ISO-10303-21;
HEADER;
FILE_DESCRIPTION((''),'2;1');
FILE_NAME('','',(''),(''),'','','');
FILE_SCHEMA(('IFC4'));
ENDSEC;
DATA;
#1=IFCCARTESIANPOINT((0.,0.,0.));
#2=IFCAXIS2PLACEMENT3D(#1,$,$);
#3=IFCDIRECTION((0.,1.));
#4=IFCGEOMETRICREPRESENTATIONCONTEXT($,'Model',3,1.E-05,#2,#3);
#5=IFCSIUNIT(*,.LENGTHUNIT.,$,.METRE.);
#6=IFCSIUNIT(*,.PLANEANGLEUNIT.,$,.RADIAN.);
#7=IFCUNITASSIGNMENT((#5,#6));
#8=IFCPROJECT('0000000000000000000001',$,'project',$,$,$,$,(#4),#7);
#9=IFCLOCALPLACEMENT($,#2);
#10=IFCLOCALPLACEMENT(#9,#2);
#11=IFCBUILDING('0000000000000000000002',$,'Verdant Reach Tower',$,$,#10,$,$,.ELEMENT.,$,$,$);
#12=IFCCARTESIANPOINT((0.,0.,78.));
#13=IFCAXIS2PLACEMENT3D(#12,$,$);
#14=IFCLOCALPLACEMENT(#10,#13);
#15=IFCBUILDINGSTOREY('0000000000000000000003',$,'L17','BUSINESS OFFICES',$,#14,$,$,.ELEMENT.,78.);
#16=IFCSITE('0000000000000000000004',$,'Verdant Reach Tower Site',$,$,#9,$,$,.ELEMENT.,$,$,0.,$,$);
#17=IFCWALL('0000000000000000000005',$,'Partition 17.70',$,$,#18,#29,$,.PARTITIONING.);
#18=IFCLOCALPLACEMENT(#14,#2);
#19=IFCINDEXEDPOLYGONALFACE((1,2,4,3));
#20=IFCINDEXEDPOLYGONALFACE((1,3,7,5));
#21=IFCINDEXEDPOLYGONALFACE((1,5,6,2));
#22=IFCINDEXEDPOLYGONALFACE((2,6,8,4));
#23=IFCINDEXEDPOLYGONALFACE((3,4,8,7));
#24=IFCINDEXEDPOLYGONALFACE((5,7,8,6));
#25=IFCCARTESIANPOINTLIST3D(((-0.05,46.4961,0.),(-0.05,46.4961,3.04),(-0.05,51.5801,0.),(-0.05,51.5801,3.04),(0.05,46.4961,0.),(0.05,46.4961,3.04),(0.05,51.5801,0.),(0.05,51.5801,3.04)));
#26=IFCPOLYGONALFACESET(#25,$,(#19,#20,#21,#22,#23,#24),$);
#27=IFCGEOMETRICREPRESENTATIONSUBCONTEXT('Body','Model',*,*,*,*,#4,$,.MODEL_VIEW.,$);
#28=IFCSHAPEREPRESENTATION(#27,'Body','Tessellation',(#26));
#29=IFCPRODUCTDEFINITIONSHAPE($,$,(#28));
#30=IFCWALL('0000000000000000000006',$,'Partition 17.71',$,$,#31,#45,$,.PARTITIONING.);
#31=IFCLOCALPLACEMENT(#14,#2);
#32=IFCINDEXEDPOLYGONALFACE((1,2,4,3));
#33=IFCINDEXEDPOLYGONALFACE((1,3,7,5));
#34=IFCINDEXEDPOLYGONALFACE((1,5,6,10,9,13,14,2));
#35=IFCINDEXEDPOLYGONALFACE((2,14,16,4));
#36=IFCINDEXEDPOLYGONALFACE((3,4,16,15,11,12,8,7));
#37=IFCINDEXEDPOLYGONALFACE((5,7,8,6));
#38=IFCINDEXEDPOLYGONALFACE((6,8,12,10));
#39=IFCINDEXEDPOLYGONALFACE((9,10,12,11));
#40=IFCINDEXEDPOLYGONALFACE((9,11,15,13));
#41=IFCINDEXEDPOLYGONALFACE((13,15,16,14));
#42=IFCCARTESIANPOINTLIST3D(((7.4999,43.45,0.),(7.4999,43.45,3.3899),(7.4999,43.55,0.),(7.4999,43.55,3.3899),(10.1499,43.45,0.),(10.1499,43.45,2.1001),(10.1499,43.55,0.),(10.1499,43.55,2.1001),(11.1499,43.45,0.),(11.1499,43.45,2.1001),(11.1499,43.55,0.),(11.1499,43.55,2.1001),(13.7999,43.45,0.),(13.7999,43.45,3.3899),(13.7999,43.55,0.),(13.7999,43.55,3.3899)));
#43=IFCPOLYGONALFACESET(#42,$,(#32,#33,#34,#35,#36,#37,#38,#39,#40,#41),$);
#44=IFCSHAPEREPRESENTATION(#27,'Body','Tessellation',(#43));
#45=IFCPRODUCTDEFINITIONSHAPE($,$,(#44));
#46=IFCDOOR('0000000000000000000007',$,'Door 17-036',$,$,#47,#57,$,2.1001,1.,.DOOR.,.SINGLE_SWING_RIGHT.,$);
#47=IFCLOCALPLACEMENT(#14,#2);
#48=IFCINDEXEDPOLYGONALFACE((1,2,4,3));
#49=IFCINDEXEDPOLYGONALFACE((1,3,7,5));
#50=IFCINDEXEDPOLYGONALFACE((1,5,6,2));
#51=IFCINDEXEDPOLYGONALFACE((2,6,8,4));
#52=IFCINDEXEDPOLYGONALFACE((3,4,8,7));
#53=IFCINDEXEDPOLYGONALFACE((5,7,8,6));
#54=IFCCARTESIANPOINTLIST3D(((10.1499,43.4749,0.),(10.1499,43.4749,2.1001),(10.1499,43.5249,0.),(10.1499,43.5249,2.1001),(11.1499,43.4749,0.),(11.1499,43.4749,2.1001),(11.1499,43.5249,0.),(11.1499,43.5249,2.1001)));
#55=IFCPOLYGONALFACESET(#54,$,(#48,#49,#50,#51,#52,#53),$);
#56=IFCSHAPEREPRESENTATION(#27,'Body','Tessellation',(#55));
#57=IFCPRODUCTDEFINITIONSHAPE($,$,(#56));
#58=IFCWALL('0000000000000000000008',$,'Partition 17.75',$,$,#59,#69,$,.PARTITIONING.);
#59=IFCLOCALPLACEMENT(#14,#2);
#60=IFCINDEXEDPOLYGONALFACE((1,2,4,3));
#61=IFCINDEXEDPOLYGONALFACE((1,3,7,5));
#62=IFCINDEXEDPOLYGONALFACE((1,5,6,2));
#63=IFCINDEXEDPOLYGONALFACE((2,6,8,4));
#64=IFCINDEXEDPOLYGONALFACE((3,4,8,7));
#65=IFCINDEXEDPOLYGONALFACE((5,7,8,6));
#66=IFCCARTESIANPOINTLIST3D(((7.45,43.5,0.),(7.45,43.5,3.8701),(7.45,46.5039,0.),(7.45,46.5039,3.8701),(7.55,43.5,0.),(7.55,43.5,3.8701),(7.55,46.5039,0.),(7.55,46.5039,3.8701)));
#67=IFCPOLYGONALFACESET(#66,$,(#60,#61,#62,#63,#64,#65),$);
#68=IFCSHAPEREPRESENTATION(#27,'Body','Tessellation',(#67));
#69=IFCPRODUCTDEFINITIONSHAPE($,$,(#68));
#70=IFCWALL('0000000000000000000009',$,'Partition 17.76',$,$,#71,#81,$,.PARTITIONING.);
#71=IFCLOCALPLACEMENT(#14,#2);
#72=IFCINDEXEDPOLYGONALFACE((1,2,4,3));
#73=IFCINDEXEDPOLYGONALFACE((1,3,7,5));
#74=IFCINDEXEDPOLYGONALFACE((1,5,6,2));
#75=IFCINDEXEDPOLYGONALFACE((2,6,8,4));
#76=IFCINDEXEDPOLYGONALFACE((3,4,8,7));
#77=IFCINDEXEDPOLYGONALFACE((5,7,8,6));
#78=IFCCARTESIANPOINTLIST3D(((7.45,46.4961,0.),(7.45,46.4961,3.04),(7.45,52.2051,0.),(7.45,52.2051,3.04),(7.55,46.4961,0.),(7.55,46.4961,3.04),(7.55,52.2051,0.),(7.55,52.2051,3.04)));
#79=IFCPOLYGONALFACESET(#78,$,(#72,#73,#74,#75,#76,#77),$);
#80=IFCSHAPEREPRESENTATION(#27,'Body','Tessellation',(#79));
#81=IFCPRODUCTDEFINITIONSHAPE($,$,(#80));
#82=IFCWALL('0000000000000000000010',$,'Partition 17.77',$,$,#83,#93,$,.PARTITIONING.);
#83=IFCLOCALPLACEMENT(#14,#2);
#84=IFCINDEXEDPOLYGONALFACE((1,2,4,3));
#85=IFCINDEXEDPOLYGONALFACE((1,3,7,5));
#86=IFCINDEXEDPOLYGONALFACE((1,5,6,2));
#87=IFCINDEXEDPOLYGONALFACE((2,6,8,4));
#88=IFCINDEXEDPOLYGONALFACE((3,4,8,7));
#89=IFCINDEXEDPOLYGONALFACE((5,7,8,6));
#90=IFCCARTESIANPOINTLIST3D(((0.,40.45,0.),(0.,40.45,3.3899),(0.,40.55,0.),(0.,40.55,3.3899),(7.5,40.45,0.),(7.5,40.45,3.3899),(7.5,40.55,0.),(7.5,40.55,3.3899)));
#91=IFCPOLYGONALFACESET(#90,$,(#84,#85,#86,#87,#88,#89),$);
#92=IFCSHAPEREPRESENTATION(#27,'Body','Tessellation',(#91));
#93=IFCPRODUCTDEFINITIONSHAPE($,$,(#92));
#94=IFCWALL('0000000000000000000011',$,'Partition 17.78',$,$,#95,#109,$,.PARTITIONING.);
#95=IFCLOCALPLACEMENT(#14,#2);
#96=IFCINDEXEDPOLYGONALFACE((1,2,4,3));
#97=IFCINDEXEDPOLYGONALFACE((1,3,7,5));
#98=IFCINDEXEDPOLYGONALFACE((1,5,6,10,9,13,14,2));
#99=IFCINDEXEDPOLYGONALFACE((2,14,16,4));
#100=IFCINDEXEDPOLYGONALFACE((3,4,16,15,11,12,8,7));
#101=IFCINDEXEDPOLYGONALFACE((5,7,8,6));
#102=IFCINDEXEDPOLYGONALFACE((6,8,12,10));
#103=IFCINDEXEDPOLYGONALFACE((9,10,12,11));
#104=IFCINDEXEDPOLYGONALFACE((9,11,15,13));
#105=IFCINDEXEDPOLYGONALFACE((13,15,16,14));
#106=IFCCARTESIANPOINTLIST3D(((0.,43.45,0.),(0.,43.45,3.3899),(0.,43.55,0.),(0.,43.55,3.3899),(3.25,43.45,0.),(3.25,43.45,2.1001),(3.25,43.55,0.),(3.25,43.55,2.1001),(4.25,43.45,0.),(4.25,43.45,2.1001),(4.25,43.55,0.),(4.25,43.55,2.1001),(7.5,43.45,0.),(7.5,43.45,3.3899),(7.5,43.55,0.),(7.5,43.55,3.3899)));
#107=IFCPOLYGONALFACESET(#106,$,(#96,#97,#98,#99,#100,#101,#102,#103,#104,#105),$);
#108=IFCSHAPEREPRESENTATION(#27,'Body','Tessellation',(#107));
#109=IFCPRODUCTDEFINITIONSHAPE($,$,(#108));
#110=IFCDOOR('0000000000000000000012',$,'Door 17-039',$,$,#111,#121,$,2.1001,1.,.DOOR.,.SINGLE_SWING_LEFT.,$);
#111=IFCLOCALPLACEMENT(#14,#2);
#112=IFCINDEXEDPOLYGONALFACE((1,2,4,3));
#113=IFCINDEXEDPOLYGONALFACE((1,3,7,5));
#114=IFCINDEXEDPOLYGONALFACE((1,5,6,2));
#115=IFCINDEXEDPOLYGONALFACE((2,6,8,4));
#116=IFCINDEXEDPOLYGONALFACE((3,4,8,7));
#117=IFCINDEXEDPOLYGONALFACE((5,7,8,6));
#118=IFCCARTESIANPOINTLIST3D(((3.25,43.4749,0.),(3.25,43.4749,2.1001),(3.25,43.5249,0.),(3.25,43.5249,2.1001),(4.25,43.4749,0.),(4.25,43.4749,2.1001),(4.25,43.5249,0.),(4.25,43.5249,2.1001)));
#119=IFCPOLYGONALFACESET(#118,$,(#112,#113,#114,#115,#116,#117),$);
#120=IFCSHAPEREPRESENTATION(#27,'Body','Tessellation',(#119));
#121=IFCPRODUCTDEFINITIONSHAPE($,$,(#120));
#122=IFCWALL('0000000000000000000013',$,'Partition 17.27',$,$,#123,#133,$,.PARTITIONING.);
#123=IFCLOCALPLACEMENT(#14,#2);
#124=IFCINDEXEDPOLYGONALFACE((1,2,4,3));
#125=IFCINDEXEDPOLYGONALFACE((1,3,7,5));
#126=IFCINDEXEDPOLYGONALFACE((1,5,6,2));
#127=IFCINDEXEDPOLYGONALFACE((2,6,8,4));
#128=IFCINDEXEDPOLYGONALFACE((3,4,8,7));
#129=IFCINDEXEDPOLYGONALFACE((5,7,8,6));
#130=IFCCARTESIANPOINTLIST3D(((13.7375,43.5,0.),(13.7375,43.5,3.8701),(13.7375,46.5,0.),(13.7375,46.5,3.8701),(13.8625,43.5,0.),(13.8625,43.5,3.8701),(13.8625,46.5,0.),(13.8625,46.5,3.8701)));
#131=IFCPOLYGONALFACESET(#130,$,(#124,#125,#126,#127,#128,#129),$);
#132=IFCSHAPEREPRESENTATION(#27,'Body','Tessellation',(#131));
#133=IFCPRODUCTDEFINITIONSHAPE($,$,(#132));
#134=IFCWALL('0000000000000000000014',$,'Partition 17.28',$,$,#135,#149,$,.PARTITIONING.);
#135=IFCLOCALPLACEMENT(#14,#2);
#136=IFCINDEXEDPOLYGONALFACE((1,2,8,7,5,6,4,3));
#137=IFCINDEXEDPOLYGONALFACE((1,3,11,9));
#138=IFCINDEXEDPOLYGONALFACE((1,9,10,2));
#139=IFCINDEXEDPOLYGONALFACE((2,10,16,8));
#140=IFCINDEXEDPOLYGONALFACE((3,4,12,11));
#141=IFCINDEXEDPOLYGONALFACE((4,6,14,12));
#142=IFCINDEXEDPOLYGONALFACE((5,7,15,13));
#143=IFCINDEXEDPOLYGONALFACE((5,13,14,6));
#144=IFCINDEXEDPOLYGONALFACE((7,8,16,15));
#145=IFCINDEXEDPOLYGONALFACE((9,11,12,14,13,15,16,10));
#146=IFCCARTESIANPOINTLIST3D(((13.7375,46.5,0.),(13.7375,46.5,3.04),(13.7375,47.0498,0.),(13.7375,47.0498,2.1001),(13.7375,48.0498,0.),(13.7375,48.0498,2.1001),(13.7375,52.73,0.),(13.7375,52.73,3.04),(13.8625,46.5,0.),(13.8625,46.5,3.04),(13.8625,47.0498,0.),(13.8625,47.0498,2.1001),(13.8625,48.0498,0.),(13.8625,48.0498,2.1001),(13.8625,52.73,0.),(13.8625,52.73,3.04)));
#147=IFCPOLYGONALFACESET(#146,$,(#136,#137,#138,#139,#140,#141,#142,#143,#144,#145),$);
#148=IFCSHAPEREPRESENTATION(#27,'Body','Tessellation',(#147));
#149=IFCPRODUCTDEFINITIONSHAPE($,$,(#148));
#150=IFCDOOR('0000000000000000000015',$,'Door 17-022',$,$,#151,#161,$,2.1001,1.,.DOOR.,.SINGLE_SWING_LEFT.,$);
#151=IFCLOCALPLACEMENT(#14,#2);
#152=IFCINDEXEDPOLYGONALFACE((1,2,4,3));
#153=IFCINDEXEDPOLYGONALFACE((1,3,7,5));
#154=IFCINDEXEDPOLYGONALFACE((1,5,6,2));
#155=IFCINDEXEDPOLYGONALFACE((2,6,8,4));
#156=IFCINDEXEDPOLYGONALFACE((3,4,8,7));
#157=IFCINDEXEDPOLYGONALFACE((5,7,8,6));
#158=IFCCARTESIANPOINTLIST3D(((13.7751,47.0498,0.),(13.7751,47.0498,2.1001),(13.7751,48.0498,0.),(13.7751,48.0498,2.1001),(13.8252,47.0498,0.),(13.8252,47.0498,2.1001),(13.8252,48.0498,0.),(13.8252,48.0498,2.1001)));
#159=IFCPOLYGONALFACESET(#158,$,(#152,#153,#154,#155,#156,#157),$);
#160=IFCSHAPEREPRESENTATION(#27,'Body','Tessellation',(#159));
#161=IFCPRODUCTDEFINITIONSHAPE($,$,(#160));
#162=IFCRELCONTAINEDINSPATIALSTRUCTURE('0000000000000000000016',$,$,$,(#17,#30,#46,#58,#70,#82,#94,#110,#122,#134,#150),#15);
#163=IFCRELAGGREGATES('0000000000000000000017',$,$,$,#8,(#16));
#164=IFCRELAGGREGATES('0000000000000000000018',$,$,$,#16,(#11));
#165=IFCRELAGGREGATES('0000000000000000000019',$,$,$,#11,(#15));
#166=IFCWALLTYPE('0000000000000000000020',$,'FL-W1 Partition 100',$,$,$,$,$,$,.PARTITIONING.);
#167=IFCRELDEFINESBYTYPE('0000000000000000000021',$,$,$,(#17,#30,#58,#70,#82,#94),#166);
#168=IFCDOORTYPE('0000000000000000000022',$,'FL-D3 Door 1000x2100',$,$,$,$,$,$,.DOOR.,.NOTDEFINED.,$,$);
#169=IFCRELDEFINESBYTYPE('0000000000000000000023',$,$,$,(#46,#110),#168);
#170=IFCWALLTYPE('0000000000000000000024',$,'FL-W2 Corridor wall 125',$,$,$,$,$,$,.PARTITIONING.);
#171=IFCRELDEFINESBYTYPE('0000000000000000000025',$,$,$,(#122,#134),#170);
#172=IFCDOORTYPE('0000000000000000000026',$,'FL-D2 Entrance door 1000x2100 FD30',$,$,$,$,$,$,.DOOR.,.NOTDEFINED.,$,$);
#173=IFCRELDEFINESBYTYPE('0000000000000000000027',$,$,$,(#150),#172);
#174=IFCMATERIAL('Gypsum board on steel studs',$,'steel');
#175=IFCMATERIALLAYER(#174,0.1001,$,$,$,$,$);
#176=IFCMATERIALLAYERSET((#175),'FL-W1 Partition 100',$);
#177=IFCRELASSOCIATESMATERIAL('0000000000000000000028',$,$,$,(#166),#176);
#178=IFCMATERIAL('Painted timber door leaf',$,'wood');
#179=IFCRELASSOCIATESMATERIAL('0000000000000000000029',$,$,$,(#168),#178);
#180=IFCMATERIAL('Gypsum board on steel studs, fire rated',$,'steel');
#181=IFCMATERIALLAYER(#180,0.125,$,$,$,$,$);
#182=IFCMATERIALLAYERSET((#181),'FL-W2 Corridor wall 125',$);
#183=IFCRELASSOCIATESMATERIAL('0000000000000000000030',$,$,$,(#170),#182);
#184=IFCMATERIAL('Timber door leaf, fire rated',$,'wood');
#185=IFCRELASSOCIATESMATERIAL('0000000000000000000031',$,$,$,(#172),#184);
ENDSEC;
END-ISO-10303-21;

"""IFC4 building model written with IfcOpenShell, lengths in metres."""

from ifc_helpers import new_model, si_unit, direction, frame, frame_2d, origin, place, context, subcontext, project, spatial, rectangle, extrude, material, layer, layer_set, type_object, element, fill, save


model = new_model("IFC4")

# Units and contexts
model_context = context("Model", 3, precision=1e-05, world=origin(), true_north=direction((0.0, 1.0)))
body_context = subcontext(model_context, "Body", "Model", "MODEL_VIEW")
ifc_project = project(units=[si_unit("LENGTHUNIT", "METRE"), si_unit("PLANEANGLEUNIT", "RADIAN")], contexts=[model_context])

# Site, building, storey
site_placement = place(None, origin())
site = spatial("IfcSite", under=ifc_project, at=site_placement, Name="Verdant Reach Tower Site", CompositionType="ELEMENT", RefElevation=0.0)
building_placement = place(site_placement, origin())
building = spatial("IfcBuilding", under=site, at=building_placement, Name="Verdant Reach Tower", CompositionType="ELEMENT")
storey_placement = place(building_placement, frame((0.0, 0.0, 78.0)))
storey = spatial("IfcBuildingStorey", under=building, at=storey_placement, Name="L17", Description="BUSINESS OFFICES", CompositionType="ELEMENT", Elevation=78.0)

# Wall
ifc_material_1 = material(Name="Gypsum board on steel studs", Category="steel")
ifc_layer_1 = layer(ifc_material_1, 0.1001)
ifc_layer_set_1 = layer_set([ifc_layer_1], Name="FL-W1 Partition 100")
wall_type_1 = type_object("IfcWallType", Name="FL-W1 Partition 100", PredefinedType="PARTITIONING", material=ifc_layer_set_1)
wall_1_placement = place(storey_placement, frame((0.0, 46.4961, 0.0), z_axis=(0.0, 0.0, 1.0), x_axis=(0.0, 1.0, 0.0)))
element("IfcWall", 1, at=wall_1_placement, inside=storey, type_object=wall_type_1, Name="Partition 17.70", PredefinedType="PARTITIONING", context=body_context, shape_type="SweptSolid", body=[
    extrude(rectangle(XDim=5.084, YDim=0.1001, at=frame_2d((2.542, 0.0))), origin(), (0.0, 0.0, 1.0), 3.04),
])

# Wall, opening, door
wall_2_placement = place(storey_placement, frame((7.5, 43.5, 0.0), z_axis=(0.0, 0.0, 1.0), x_axis=(1.0, 0.0, 0.0)))
wall_2 = element("IfcWall", 2, at=wall_2_placement, inside=storey, type_object=wall_type_1, Name="Partition 17.71", PredefinedType="PARTITIONING", context=body_context, shape_type="SweptSolid", body=[
    extrude(rectangle(XDim=6.3, YDim=0.1001, at=frame_2d((3.1499, 0.0))), origin(), (0.0, 0.0, 1.0), 3.3899),
])
opening_1_placement = place(wall_2_placement, frame((2.6499, 0.0, 0.0)))
opening_1 = element("IfcOpeningElement", 3, at=opening_1_placement, cuts=wall_2, PredefinedType="OPENING", context=body_context, shape_type="SweptSolid", body=[
    extrude(rectangle(XDim=1.0, YDim=2.1001, at=frame_2d((0.5, 1.05))), frame((0.0, 0.0601, 0.0), z_axis=(0.0, -1.0, 0.0), x_axis=(1.0, 0.0, 0.0)), (0.0, 0.0, 1.0), 0.1201),
])
ifc_material_2 = material(Name="Painted timber door leaf", Category="wood")
door_type_1 = type_object("IfcDoorType", Name="FL-D3 Door 1000x2100", OperationType="NOTDEFINED", PredefinedType="DOOR", material=ifc_material_2)
door_1_placement = place(opening_1_placement, origin())
door_1 = element("IfcDoor", 4, at=door_1_placement, inside=storey, type_object=door_type_1, Name="Door 17-036", OperationType="SINGLE_SWING_RIGHT", OverallHeight=2.1001, OverallWidth=1.0, PredefinedType="DOOR", context=body_context, shape_type="SweptSolid", body=[
    extrude(rectangle(XDim=1.0, YDim=2.1001, at=frame_2d((0.5, 1.05))), frame((0.0, 0.0249, 0.0), z_axis=(0.0, -1.0, 0.0), x_axis=(1.0, 0.0, 0.0)), (0.0, 0.0, 1.0), 0.05),
])
fill(opening_1, door_1)

# Walls
wall_3_placement = place(storey_placement, frame((7.5, 46.5039, 0.0), z_axis=(0.0, 0.0, 1.0), x_axis=(0.0, -1.0, 0.0)))
element("IfcWall", 5, at=wall_3_placement, inside=storey, type_object=wall_type_1, Name="Partition 17.75", PredefinedType="PARTITIONING", context=body_context, shape_type="SweptSolid", body=[
    extrude(rectangle(XDim=3.0039, YDim=0.1001, at=frame_2d((1.502, 0.0))), origin(), (0.0, 0.0, 1.0), 3.8701),
])
wall_4_placement = place(storey_placement, frame((7.5, 52.2051, 0.0), z_axis=(0.0, 0.0, 1.0), x_axis=(0.0, -1.0, 0.0)))
element("IfcWall", 6, at=wall_4_placement, inside=storey, type_object=wall_type_1, Name="Partition 17.76", PredefinedType="PARTITIONING", context=body_context, shape_type="SweptSolid", body=[
    extrude(rectangle(XDim=5.709, YDim=0.1001, at=frame_2d((2.8545, 0.0))), origin(), (0.0, 0.0, 1.0), 3.04),
])
wall_5_placement = place(storey_placement, frame((7.5, 40.5, 0.0), z_axis=(0.0, 0.0, 1.0), x_axis=(-1.0, 0.0, 0.0)))
element("IfcWall", 7, at=wall_5_placement, inside=storey, type_object=wall_type_1, Name="Partition 17.77", PredefinedType="PARTITIONING", context=body_context, shape_type="SweptSolid", body=[
    extrude(rectangle(XDim=7.5, YDim=0.1001, at=frame_2d((3.75, 0.0))), origin(), (0.0, 0.0, 1.0), 3.3899),
])

# Wall, opening, door
wall_6_placement = place(storey_placement, frame((0.0, 43.5, 0.0), z_axis=(0.0, 0.0, 1.0), x_axis=(1.0, 0.0, 0.0)))
wall_6 = element("IfcWall", 8, at=wall_6_placement, inside=storey, type_object=wall_type_1, Name="Partition 17.78", PredefinedType="PARTITIONING", context=body_context, shape_type="SweptSolid", body=[
    extrude(rectangle(XDim=7.5, YDim=0.1001, at=frame_2d((3.75, 0.0))), origin(), (0.0, 0.0, 1.0), 3.3899),
])
opening_2_placement = place(wall_6_placement, frame((3.25, 0.0, 0.0)))
opening_2 = element("IfcOpeningElement", 9, at=opening_2_placement, cuts=wall_6, PredefinedType="OPENING", context=body_context, shape_type="SweptSolid", body=[
    extrude(rectangle(XDim=1.0, YDim=2.1001, at=frame_2d((0.5, 1.05))), frame((0.0, 0.0601, 0.0), z_axis=(0.0, -1.0, 0.0), x_axis=(1.0, 0.0, 0.0)), (0.0, 0.0, 1.0), 0.1201),
])
door_2_placement = place(opening_2_placement, origin())
door_2 = element("IfcDoor", 10, at=door_2_placement, inside=storey, type_object=door_type_1, Name="Door 17-039", OperationType="SINGLE_SWING_LEFT", OverallHeight=2.1001, OverallWidth=1.0, PredefinedType="DOOR", context=body_context, shape_type="SweptSolid", body=[
    extrude(rectangle(XDim=1.0, YDim=2.1001, at=frame_2d((0.5, 1.05))), frame((0.0, 0.0249, 0.0), z_axis=(0.0, -1.0, 0.0), x_axis=(1.0, 0.0, 0.0)), (0.0, 0.0, 1.0), 0.05),
])
fill(opening_2, door_2)

# Wall
ifc_material_3 = material(Name="Gypsum board on steel studs, fire rated", Category="steel")
ifc_layer_2 = layer(ifc_material_3, 0.125)
ifc_layer_set_2 = layer_set([ifc_layer_2], Name="FL-W2 Corridor wall 125")
wall_type_2 = type_object("IfcWallType", Name="FL-W2 Corridor wall 125", PredefinedType="PARTITIONING", material=ifc_layer_set_2)
wall_7_placement = place(storey_placement, frame((13.8, 46.5, 0.0), z_axis=(0.0, 0.0, 1.0), x_axis=(0.0, -1.0, 0.0)))
element("IfcWall", 11, at=wall_7_placement, inside=storey, type_object=wall_type_2, Name="Partition 17.27", PredefinedType="PARTITIONING", context=body_context, shape_type="SweptSolid", body=[
    extrude(rectangle(XDim=3.0, YDim=0.125, at=frame_2d((1.5, 0.0))), origin(), (0.0, 0.0, 1.0), 3.8701),
])

# Wall, opening, door
wall_8_placement = place(storey_placement, frame((13.8, 46.5, 0.0), z_axis=(0.0, 0.0, 1.0), x_axis=(0.0, 1.0, 0.0)))
wall_8 = element("IfcWall", 12, at=wall_8_placement, inside=storey, type_object=wall_type_2, Name="Partition 17.28", PredefinedType="PARTITIONING", context=body_context, shape_type="SweptSolid", body=[
    extrude(rectangle(XDim=6.23, YDim=0.125, at=frame_2d((3.115, 0.0))), origin(), (0.0, 0.0, 1.0), 3.04),
])
opening_3_placement = place(wall_8_placement, frame((0.5498, 0.0, 0.0)))
opening_3 = element("IfcOpeningElement", 13, at=opening_3_placement, cuts=wall_8, PredefinedType="OPENING", context=body_context, shape_type="SweptSolid", body=[
    extrude(rectangle(XDim=1.0, YDim=2.1001, at=frame_2d((0.5, 1.05))), frame((0.0, 0.0725, 0.0), z_axis=(0.0, -1.0, 0.0), x_axis=(1.0, 0.0, 0.0)), (0.0, 0.0, 1.0), 0.145),
])
ifc_material_4 = material(Name="Timber door leaf, fire rated", Category="wood")
door_type_2 = type_object("IfcDoorType", Name="FL-D2 Entrance door 1000x2100 FD30", OperationType="NOTDEFINED", PredefinedType="DOOR", material=ifc_material_4)
door_3_placement = place(opening_3_placement, origin())
door_3 = element("IfcDoor", 14, at=door_3_placement, inside=storey, type_object=door_type_2, Name="Door 17-022", OperationType="SINGLE_SWING_LEFT", OverallHeight=2.1001, OverallWidth=1.0, PredefinedType="DOOR", context=body_context, shape_type="SweptSolid", body=[
    extrude(rectangle(XDim=1.0, YDim=2.1001, at=frame_2d((0.5, 1.05))), frame((0.0, 0.0249, 0.0), z_axis=(0.0, -1.0, 0.0), x_axis=(1.0, 0.0, 0.0)), (0.0, 0.0, 1.0), 0.05),
])
fill(opening_3, door_3)

save(model, "model.ifc")
